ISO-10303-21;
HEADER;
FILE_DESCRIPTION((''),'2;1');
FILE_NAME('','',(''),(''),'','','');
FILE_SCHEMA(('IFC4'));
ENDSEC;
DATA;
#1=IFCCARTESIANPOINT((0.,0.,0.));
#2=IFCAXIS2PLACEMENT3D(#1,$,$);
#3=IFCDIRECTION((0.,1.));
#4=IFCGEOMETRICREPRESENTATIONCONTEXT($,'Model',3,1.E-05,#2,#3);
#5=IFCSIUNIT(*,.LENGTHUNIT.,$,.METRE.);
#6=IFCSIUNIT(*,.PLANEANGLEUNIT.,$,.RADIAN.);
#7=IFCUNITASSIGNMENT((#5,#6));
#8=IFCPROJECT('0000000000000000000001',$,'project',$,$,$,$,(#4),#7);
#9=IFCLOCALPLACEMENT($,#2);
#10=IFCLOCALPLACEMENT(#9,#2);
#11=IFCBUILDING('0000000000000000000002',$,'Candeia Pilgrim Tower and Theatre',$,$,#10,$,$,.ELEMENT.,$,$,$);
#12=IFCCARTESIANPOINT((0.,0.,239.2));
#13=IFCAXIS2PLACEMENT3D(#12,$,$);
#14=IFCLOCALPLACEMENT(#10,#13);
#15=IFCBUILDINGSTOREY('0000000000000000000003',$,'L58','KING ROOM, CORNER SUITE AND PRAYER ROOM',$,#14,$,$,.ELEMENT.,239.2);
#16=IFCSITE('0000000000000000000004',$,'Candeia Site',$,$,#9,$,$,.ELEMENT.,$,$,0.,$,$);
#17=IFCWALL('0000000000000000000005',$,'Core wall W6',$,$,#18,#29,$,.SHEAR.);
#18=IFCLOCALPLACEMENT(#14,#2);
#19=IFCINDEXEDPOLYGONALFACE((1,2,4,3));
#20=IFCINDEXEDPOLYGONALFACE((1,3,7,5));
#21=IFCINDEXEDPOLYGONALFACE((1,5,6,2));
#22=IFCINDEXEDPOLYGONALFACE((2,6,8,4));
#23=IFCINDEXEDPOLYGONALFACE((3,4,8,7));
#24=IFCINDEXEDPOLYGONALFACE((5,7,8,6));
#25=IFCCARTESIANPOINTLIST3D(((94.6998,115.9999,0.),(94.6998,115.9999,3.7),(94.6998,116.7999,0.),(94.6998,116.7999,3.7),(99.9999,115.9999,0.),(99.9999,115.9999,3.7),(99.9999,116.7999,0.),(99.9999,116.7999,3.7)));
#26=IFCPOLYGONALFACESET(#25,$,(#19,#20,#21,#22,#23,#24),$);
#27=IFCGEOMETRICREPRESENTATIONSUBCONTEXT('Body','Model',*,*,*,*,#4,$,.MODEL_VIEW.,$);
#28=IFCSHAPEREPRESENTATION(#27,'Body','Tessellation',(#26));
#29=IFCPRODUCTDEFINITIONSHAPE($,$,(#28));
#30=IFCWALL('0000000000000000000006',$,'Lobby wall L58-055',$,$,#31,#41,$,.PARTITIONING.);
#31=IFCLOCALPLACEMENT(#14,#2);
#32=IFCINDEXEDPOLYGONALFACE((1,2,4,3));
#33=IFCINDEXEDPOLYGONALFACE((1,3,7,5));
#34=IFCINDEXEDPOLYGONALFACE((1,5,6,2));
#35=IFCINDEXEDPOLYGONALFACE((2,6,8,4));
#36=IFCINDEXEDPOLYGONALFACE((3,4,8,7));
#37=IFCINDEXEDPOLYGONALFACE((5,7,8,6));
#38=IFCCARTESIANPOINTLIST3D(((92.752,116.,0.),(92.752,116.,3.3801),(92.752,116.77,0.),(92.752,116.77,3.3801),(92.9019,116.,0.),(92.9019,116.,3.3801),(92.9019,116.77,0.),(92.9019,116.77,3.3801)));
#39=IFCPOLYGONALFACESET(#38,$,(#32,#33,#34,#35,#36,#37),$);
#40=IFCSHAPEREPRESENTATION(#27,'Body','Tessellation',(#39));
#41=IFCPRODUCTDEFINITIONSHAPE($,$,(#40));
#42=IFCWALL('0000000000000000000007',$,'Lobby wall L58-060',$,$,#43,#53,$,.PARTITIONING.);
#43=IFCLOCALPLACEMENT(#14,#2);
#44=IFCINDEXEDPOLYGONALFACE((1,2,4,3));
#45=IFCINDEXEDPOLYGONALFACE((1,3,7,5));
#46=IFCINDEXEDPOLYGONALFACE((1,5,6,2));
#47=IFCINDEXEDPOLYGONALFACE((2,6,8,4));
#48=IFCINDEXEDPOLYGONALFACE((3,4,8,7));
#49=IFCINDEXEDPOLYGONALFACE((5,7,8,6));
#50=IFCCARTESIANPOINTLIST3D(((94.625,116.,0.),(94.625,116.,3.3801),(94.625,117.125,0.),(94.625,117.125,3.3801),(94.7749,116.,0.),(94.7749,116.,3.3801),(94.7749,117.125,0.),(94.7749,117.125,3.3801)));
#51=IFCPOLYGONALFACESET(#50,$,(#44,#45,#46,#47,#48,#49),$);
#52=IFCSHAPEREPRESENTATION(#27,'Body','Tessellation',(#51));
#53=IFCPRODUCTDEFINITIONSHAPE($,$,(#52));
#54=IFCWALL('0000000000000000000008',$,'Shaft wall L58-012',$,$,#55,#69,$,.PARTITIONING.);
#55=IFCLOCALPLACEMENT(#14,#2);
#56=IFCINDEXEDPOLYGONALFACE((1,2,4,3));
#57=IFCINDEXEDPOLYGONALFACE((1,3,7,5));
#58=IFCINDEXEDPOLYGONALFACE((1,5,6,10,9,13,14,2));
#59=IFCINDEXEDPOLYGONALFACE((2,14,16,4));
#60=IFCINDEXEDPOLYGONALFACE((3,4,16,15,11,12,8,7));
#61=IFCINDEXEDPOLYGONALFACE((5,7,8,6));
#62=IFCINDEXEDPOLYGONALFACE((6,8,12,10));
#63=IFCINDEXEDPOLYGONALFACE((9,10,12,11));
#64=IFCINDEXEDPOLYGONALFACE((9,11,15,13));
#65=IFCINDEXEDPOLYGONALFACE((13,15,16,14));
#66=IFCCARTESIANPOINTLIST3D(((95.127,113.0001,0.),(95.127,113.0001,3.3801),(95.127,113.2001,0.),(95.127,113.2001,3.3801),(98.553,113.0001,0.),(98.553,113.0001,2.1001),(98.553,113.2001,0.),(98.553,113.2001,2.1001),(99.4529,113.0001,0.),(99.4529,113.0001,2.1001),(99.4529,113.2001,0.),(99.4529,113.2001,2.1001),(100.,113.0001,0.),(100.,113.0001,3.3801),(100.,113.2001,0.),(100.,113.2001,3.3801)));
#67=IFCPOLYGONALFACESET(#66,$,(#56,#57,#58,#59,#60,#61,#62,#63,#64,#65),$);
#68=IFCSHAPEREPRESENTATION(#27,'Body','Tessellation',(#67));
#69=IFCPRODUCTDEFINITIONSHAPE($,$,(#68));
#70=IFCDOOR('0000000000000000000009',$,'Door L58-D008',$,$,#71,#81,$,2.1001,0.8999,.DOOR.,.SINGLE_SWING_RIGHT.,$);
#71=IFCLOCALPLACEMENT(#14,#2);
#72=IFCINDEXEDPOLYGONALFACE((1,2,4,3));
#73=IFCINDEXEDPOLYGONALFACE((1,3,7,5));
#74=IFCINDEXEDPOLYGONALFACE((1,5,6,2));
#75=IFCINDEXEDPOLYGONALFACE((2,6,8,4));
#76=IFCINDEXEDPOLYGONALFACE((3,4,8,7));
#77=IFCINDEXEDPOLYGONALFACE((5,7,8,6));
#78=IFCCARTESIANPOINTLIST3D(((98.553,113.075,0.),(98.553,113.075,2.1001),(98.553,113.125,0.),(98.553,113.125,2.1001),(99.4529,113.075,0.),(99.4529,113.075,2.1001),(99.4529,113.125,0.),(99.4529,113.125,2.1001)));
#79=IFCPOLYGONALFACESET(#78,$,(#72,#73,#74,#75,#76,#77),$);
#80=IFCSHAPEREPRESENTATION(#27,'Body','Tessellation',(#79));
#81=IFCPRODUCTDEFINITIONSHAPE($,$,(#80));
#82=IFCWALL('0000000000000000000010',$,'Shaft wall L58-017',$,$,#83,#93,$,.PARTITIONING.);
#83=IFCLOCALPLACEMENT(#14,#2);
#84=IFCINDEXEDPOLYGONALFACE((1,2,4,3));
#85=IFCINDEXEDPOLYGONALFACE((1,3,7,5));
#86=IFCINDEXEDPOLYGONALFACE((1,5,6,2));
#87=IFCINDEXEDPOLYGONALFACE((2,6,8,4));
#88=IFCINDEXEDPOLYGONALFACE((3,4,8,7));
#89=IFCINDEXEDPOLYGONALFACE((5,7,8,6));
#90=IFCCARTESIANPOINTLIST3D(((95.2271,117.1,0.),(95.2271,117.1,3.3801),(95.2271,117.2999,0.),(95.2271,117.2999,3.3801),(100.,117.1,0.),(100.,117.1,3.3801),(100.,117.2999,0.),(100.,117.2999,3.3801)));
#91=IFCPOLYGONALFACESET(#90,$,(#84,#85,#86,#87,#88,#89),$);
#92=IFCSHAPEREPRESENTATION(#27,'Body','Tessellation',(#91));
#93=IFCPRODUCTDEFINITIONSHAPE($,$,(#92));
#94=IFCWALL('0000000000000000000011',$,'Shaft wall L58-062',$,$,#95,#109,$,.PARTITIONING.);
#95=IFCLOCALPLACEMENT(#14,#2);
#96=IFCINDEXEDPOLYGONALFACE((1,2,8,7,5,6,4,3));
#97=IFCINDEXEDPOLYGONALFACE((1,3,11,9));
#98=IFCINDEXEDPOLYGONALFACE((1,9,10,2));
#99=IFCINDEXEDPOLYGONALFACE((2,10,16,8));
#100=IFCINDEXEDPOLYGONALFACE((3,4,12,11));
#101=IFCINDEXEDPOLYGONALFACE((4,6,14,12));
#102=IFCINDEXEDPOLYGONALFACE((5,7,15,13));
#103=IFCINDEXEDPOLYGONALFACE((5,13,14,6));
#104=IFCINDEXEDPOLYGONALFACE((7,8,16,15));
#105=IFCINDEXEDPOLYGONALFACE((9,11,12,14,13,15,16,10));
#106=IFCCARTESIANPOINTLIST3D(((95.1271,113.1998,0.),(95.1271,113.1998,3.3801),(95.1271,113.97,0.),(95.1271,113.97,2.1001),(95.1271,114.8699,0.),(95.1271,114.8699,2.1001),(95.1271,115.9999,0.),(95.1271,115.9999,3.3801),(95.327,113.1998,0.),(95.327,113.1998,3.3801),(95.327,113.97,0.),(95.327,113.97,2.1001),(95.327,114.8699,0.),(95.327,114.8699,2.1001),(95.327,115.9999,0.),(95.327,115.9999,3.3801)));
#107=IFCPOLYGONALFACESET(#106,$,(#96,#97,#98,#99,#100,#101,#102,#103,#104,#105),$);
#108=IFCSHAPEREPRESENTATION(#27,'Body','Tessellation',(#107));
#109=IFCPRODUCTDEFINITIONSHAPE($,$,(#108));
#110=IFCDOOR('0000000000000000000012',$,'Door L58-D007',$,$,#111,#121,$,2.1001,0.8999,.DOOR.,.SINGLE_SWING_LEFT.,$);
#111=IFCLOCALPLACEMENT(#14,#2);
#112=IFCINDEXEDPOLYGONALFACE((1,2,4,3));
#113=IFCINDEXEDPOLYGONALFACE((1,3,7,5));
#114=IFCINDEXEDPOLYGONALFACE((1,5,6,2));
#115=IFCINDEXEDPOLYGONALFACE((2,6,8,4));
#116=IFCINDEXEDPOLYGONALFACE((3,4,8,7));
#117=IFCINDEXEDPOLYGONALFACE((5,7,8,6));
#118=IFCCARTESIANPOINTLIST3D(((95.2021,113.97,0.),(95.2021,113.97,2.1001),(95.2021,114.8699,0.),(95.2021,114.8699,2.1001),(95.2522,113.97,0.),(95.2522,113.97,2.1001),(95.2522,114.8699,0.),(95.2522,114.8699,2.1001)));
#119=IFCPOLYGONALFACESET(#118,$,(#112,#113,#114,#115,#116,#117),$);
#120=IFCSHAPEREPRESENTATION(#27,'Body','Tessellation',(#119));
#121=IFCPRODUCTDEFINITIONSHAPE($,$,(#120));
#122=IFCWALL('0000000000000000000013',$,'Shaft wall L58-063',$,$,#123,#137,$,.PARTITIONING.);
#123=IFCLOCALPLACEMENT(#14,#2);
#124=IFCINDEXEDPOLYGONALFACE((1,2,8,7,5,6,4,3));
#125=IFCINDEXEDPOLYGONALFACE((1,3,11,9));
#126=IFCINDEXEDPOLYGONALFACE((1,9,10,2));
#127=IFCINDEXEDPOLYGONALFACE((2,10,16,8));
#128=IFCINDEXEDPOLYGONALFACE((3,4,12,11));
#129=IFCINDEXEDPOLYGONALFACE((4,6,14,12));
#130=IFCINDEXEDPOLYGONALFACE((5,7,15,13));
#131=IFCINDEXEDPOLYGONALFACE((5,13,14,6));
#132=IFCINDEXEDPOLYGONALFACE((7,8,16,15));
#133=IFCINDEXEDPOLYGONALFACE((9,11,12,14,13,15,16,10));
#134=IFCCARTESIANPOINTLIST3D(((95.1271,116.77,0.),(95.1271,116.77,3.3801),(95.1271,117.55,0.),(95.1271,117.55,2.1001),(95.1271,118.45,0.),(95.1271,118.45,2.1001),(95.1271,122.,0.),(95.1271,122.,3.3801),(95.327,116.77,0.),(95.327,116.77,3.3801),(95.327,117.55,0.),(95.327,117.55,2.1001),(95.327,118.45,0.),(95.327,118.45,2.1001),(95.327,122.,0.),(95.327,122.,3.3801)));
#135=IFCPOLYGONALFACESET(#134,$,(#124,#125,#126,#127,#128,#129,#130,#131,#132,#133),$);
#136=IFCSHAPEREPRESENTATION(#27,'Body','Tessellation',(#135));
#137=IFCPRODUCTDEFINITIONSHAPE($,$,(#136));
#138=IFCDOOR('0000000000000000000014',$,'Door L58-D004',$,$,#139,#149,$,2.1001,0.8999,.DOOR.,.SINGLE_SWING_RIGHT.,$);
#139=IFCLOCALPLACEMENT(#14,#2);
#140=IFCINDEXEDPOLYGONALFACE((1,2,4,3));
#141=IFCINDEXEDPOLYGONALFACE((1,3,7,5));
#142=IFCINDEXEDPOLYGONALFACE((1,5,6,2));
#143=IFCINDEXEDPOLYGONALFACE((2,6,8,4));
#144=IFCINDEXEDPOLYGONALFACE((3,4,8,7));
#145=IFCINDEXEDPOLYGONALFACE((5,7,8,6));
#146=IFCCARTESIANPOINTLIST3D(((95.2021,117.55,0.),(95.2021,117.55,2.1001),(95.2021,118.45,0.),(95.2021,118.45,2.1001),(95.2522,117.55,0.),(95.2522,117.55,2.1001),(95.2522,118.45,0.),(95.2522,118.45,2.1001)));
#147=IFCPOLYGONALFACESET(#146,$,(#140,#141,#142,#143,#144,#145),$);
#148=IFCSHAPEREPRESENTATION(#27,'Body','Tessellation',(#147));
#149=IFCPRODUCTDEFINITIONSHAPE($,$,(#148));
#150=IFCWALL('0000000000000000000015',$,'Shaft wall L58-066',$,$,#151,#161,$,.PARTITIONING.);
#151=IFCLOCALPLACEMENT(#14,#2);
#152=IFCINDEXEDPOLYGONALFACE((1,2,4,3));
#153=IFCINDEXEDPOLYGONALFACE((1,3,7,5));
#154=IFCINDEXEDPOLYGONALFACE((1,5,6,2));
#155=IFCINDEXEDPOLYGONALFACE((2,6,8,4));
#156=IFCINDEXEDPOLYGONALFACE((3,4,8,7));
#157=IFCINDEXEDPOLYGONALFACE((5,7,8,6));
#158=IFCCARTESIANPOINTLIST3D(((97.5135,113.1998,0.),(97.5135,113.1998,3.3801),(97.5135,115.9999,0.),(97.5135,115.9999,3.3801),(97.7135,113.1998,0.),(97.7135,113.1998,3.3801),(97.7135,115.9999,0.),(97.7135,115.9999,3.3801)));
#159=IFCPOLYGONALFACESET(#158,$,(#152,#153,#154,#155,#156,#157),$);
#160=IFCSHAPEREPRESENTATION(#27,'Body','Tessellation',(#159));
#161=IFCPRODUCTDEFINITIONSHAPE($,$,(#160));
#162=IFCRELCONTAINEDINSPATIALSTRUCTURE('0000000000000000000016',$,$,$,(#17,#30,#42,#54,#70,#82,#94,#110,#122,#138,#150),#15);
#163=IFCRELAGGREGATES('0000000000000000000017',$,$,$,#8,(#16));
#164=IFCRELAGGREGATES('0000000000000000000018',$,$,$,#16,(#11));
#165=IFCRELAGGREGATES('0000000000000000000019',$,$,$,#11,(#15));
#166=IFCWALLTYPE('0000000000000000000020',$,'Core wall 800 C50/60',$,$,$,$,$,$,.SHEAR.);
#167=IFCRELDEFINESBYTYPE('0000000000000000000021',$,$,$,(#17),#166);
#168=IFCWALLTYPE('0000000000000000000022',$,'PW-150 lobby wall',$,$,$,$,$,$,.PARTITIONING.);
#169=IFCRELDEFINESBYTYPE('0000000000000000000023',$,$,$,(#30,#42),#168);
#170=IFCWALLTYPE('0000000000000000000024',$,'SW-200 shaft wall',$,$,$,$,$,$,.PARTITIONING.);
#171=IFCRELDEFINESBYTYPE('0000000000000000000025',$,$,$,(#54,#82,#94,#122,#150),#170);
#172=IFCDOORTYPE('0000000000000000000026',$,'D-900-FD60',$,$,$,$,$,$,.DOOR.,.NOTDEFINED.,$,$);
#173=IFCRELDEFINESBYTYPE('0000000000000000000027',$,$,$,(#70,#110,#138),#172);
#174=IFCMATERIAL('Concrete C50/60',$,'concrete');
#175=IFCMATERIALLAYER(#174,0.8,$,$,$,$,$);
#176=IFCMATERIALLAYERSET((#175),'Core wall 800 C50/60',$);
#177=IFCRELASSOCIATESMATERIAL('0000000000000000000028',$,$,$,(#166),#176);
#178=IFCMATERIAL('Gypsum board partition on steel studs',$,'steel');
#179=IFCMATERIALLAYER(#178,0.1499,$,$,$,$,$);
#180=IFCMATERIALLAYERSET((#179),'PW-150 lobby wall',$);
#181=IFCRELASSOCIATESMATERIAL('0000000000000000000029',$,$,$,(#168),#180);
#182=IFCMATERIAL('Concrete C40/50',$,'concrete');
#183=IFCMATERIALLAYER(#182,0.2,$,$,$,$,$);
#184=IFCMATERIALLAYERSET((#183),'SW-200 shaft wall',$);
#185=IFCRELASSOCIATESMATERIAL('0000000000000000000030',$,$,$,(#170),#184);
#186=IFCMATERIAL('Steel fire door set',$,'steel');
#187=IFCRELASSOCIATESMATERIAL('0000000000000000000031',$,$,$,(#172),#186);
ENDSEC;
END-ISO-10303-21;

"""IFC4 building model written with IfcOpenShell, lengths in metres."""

from ifc_helpers import new_model, si_unit, direction, frame, frame_2d, origin, place, context, subcontext, project, spatial, rectangle, extrude, material, layer, layer_set, type_object, element, fill, save


model = new_model("IFC4")

# Units and contexts
model_context = context("Model", 3, precision=1e-05, world=origin(), true_north=direction((0.0, 1.0)))
body_context = subcontext(model_context, "Body", "Model", "MODEL_VIEW")
ifc_project = project(units=[si_unit("LENGTHUNIT", "METRE"), si_unit("PLANEANGLEUNIT", "RADIAN")], contexts=[model_context])

# Site, building, storey
site_placement = place(None, origin())
site = spatial("IfcSite", under=ifc_project, at=site_placement, Name="Candeia Site", CompositionType="ELEMENT", RefElevation=0.0)
building_placement = place(site_placement, origin())
building = spatial("IfcBuilding", under=site, at=building_placement, Name="Candeia Pilgrim Tower and Theatre", CompositionType="ELEMENT")
storey_placement = place(building_placement, frame((0.0, 0.0, 239.2)))
storey = spatial("IfcBuildingStorey", under=building, at=storey_placement, Name="L58", Description="KING ROOM, CORNER SUITE AND PRAYER ROOM", CompositionType="ELEMENT", Elevation=239.2)

# Walls
ifc_material_1 = material(Name="Concrete C50/60", Category="concrete")
ifc_layer_1 = layer(ifc_material_1, 0.8)
ifc_layer_set_1 = layer_set([ifc_layer_1], Name="Core wall 800 C50/60")
wall_type_1 = type_object("IfcWallType", Name="Core wall 800 C50/60", PredefinedType="SHEAR", material=ifc_layer_set_1)
wall_1_placement = place(storey_placement, frame((94.7, 116.3999, 0.0), z_axis=(0.0, 0.0, 1.0), x_axis=(1.0, 0.0, 0.0)))
element("IfcWall", 1, at=wall_1_placement, inside=storey, type_object=wall_type_1, Name="Core wall W6", PredefinedType="SHEAR", context=body_context, shape_type="SweptSolid", body=[
    extrude(rectangle(XDim=5.3, YDim=0.8, at=frame_2d((2.6499, 0.0))), origin(), (0.0, 0.0, 1.0), 3.7),
])
ifc_material_2 = material(Name="Gypsum board partition on steel studs", Category="steel")
ifc_layer_2 = layer(ifc_material_2, 0.1499)
ifc_layer_set_2 = layer_set([ifc_layer_2], Name="PW-150 lobby wall")
wall_type_2 = type_object("IfcWallType", Name="PW-150 lobby wall", PredefinedType="PARTITIONING", material=ifc_layer_set_2)
wall_2_placement = place(storey_placement, frame((92.8269, 116.0, 0.0), z_axis=(0.0, 0.0, 1.0), x_axis=(0.0, 1.0, 0.0)))
element("IfcWall", 2, at=wall_2_placement, inside=storey, type_object=wall_type_2, Name="Lobby wall L58-055", PredefinedType="PARTITIONING", context=body_context, shape_type="SweptSolid", body=[
    extrude(rectangle(XDim=0.77, YDim=0.1499, at=frame_2d((0.385, 0.0))), origin(), (0.0, 0.0, 1.0), 3.3801),
])
wall_3_placement = place(storey_placement, frame((94.7, 116.0, 0.0), z_axis=(0.0, 0.0, 1.0), x_axis=(0.0, 1.0, 0.0)))
element("IfcWall", 3, at=wall_3_placement, inside=storey, type_object=wall_type_2, Name="Lobby wall L58-060", PredefinedType="PARTITIONING", context=body_context, shape_type="SweptSolid", body=[
    extrude(rectangle(XDim=1.125, YDim=0.1499, at=frame_2d((0.5625, 0.0))), origin(), (0.0, 0.0, 1.0), 3.3801),
])

# Wall, opening, door
ifc_material_3 = material(Name="Concrete C40/50", Category="concrete")
ifc_layer_3 = layer(ifc_material_3, 0.2)
ifc_layer_set_3 = layer_set([ifc_layer_3], Name="SW-200 shaft wall")
wall_type_3 = type_object("IfcWallType", Name="SW-200 shaft wall", PredefinedType="PARTITIONING", material=ifc_layer_set_3)
wall_4_placement = place(storey_placement, frame((95.127, 113.1001, 0.0), z_axis=(0.0, 0.0, 1.0), x_axis=(1.0, 0.0, 0.0)))
wall_4 = element("IfcWall", 4, at=wall_4_placement, inside=storey, type_object=wall_type_3, Name="Shaft wall L58-012", PredefinedType="PARTITIONING", context=body_context, shape_type="SweptSolid", body=[
    extrude(rectangle(XDim=4.873, YDim=0.2, at=frame_2d((2.4365, 0.0))), origin(), (0.0, 0.0, 1.0), 3.3801),
])
opening_1_placement = place(wall_4_placement, frame((3.426, 0.0, 0.0)))
opening_1 = element("IfcOpeningElement", 5, at=opening_1_placement, cuts=wall_4, PredefinedType="OPENING", context=body_context, shape_type="SweptSolid", body=[
    extrude(rectangle(XDim=0.8999, YDim=2.1001, at=frame_2d((0.45, 1.05))), frame((0.0, 0.1099, 0.0), z_axis=(0.0, -1.0, 0.0), x_axis=(1.0, 0.0, 0.0)), (0.0, 0.0, 1.0), 0.22),
])
ifc_material_4 = material(Name="Steel fire door set", Category="steel")
door_type_1 = type_object("IfcDoorType", Name="D-900-FD60", OperationType="NOTDEFINED", PredefinedType="DOOR", material=ifc_material_4)
door_1_placement = place(opening_1_placement, origin())
door_1 = element("IfcDoor", 6, at=door_1_placement, inside=storey, type_object=door_type_1, Name="Door L58-D008", OperationType="SINGLE_SWING_RIGHT", OverallHeight=2.1001, OverallWidth=0.8999, PredefinedType="DOOR", context=body_context, shape_type="SweptSolid", body=[
    extrude(rectangle(XDim=0.8999, YDim=2.1001, at=frame_2d((0.45, 1.05))), frame((0.0, 0.0249, 0.0), z_axis=(0.0, -1.0, 0.0), x_axis=(1.0, 0.0, 0.0)), (0.0, 0.0, 1.0), 0.05),
])
fill(opening_1, door_1)

# Wall
wall_5_placement = place(storey_placement, frame((95.2271, 117.2, 0.0), z_axis=(0.0, 0.0, 1.0), x_axis=(1.0, 0.0, 0.0)))
element("IfcWall", 7, at=wall_5_placement, inside=storey, type_object=wall_type_3, Name="Shaft wall L58-017", PredefinedType="PARTITIONING", context=body_context, shape_type="SweptSolid", body=[
    extrude(rectangle(XDim=4.7729, YDim=0.2, at=frame_2d((2.3865, 0.0))), origin(), (0.0, 0.0, 1.0), 3.3801),
])

# Walls, openings, doors
wall_6_placement = place(storey_placement, frame((95.2271, 113.2, 0.0), z_axis=(0.0, 0.0, 1.0), x_axis=(0.0, 1.0, 0.0)))
wall_6 = element("IfcWall", 8, at=wall_6_placement, inside=storey, type_object=wall_type_3, Name="Shaft wall L58-062", PredefinedType="PARTITIONING", context=body_context, shape_type="SweptSolid", body=[
    extrude(rectangle(XDim=2.8, YDim=0.2, at=frame_2d((1.3999, 0.0))), origin(), (0.0, 0.0, 1.0), 3.3801),
])
opening_2_placement = place(wall_6_placement, frame((0.77, 0.0, 0.0)))
opening_2 = element("IfcOpeningElement", 9, at=opening_2_placement, cuts=wall_6, PredefinedType="OPENING", context=body_context, shape_type="SweptSolid", body=[
    extrude(rectangle(XDim=0.8999, YDim=2.1001, at=frame_2d((0.45, 1.05))), frame((0.0, 0.1099, 0.0), z_axis=(0.0, -1.0, 0.0), x_axis=(1.0, 0.0, 0.0)), (0.0, 0.0, 1.0), 0.22),
])
door_2_placement = place(opening_2_placement, origin())
door_2 = element("IfcDoor", 10, at=door_2_placement, inside=storey, type_object=door_type_1, Name="Door L58-D007", OperationType="SINGLE_SWING_LEFT", OverallHeight=2.1001, OverallWidth=0.8999, PredefinedType="DOOR", context=body_context, shape_type="SweptSolid", body=[
    extrude(rectangle(XDim=0.8999, YDim=2.1001, at=frame_2d((0.45, 1.05))), frame((0.0, 0.0249, 0.0), z_axis=(0.0, -1.0, 0.0), x_axis=(1.0, 0.0, 0.0)), (0.0, 0.0, 1.0), 0.05),
])
fill(opening_2, door_2)
wall_7_placement = place(storey_placement, frame((95.2271, 116.77, 0.0), z_axis=(0.0, 0.0, 1.0), x_axis=(0.0, 1.0, 0.0)))
wall_7 = element("IfcWall", 11, at=wall_7_placement, inside=storey, type_object=wall_type_3, Name="Shaft wall L58-063", PredefinedType="PARTITIONING", context=body_context, shape_type="SweptSolid", body=[
    extrude(rectangle(XDim=5.23, YDim=0.2, at=frame_2d((2.615, 0.0))), origin(), (0.0, 0.0, 1.0), 3.3801),
])
opening_3_placement = place(wall_7_placement, frame((0.78, 0.0, 0.0)))
opening_3 = element("IfcOpeningElement", 12, at=opening_3_placement, cuts=wall_7, PredefinedType="OPENING", context=body_context, shape_type="SweptSolid", body=[
    extrude(rectangle(XDim=0.8999, YDim=2.1001, at=frame_2d((0.45, 1.05))), frame((0.0, 0.1099, 0.0), z_axis=(0.0, -1.0, 0.0), x_axis=(1.0, 0.0, 0.0)), (0.0, 0.0, 1.0), 0.22),
])
door_3_placement = place(opening_3_placement, origin())
door_3 = element("IfcDoor", 13, at=door_3_placement, inside=storey, type_object=door_type_1, Name="Door L58-D004", OperationType="SINGLE_SWING_RIGHT", OverallHeight=2.1001, OverallWidth=0.8999, PredefinedType="DOOR", context=body_context, shape_type="SweptSolid", body=[
    extrude(rectangle(XDim=0.8999, YDim=2.1001, at=frame_2d((0.45, 1.05))), frame((0.0, 0.0249, 0.0), z_axis=(0.0, -1.0, 0.0), x_axis=(1.0, 0.0, 0.0)), (0.0, 0.0, 1.0), 0.05),
])
fill(opening_3, door_3)

# Wall
wall_8_placement = place(storey_placement, frame((97.6135, 113.2, 0.0), z_axis=(0.0, 0.0, 1.0), x_axis=(0.0, 1.0, 0.0)))
element("IfcWall", 14, at=wall_8_placement, inside=storey, type_object=wall_type_3, Name="Shaft wall L58-066", PredefinedType="PARTITIONING", context=body_context, shape_type="SweptSolid", body=[
    extrude(rectangle(XDim=2.8, YDim=0.2, at=frame_2d((1.3999, 0.0))), origin(), (0.0, 0.0, 1.0), 3.3801),
])

save(model, "model.ifc")
